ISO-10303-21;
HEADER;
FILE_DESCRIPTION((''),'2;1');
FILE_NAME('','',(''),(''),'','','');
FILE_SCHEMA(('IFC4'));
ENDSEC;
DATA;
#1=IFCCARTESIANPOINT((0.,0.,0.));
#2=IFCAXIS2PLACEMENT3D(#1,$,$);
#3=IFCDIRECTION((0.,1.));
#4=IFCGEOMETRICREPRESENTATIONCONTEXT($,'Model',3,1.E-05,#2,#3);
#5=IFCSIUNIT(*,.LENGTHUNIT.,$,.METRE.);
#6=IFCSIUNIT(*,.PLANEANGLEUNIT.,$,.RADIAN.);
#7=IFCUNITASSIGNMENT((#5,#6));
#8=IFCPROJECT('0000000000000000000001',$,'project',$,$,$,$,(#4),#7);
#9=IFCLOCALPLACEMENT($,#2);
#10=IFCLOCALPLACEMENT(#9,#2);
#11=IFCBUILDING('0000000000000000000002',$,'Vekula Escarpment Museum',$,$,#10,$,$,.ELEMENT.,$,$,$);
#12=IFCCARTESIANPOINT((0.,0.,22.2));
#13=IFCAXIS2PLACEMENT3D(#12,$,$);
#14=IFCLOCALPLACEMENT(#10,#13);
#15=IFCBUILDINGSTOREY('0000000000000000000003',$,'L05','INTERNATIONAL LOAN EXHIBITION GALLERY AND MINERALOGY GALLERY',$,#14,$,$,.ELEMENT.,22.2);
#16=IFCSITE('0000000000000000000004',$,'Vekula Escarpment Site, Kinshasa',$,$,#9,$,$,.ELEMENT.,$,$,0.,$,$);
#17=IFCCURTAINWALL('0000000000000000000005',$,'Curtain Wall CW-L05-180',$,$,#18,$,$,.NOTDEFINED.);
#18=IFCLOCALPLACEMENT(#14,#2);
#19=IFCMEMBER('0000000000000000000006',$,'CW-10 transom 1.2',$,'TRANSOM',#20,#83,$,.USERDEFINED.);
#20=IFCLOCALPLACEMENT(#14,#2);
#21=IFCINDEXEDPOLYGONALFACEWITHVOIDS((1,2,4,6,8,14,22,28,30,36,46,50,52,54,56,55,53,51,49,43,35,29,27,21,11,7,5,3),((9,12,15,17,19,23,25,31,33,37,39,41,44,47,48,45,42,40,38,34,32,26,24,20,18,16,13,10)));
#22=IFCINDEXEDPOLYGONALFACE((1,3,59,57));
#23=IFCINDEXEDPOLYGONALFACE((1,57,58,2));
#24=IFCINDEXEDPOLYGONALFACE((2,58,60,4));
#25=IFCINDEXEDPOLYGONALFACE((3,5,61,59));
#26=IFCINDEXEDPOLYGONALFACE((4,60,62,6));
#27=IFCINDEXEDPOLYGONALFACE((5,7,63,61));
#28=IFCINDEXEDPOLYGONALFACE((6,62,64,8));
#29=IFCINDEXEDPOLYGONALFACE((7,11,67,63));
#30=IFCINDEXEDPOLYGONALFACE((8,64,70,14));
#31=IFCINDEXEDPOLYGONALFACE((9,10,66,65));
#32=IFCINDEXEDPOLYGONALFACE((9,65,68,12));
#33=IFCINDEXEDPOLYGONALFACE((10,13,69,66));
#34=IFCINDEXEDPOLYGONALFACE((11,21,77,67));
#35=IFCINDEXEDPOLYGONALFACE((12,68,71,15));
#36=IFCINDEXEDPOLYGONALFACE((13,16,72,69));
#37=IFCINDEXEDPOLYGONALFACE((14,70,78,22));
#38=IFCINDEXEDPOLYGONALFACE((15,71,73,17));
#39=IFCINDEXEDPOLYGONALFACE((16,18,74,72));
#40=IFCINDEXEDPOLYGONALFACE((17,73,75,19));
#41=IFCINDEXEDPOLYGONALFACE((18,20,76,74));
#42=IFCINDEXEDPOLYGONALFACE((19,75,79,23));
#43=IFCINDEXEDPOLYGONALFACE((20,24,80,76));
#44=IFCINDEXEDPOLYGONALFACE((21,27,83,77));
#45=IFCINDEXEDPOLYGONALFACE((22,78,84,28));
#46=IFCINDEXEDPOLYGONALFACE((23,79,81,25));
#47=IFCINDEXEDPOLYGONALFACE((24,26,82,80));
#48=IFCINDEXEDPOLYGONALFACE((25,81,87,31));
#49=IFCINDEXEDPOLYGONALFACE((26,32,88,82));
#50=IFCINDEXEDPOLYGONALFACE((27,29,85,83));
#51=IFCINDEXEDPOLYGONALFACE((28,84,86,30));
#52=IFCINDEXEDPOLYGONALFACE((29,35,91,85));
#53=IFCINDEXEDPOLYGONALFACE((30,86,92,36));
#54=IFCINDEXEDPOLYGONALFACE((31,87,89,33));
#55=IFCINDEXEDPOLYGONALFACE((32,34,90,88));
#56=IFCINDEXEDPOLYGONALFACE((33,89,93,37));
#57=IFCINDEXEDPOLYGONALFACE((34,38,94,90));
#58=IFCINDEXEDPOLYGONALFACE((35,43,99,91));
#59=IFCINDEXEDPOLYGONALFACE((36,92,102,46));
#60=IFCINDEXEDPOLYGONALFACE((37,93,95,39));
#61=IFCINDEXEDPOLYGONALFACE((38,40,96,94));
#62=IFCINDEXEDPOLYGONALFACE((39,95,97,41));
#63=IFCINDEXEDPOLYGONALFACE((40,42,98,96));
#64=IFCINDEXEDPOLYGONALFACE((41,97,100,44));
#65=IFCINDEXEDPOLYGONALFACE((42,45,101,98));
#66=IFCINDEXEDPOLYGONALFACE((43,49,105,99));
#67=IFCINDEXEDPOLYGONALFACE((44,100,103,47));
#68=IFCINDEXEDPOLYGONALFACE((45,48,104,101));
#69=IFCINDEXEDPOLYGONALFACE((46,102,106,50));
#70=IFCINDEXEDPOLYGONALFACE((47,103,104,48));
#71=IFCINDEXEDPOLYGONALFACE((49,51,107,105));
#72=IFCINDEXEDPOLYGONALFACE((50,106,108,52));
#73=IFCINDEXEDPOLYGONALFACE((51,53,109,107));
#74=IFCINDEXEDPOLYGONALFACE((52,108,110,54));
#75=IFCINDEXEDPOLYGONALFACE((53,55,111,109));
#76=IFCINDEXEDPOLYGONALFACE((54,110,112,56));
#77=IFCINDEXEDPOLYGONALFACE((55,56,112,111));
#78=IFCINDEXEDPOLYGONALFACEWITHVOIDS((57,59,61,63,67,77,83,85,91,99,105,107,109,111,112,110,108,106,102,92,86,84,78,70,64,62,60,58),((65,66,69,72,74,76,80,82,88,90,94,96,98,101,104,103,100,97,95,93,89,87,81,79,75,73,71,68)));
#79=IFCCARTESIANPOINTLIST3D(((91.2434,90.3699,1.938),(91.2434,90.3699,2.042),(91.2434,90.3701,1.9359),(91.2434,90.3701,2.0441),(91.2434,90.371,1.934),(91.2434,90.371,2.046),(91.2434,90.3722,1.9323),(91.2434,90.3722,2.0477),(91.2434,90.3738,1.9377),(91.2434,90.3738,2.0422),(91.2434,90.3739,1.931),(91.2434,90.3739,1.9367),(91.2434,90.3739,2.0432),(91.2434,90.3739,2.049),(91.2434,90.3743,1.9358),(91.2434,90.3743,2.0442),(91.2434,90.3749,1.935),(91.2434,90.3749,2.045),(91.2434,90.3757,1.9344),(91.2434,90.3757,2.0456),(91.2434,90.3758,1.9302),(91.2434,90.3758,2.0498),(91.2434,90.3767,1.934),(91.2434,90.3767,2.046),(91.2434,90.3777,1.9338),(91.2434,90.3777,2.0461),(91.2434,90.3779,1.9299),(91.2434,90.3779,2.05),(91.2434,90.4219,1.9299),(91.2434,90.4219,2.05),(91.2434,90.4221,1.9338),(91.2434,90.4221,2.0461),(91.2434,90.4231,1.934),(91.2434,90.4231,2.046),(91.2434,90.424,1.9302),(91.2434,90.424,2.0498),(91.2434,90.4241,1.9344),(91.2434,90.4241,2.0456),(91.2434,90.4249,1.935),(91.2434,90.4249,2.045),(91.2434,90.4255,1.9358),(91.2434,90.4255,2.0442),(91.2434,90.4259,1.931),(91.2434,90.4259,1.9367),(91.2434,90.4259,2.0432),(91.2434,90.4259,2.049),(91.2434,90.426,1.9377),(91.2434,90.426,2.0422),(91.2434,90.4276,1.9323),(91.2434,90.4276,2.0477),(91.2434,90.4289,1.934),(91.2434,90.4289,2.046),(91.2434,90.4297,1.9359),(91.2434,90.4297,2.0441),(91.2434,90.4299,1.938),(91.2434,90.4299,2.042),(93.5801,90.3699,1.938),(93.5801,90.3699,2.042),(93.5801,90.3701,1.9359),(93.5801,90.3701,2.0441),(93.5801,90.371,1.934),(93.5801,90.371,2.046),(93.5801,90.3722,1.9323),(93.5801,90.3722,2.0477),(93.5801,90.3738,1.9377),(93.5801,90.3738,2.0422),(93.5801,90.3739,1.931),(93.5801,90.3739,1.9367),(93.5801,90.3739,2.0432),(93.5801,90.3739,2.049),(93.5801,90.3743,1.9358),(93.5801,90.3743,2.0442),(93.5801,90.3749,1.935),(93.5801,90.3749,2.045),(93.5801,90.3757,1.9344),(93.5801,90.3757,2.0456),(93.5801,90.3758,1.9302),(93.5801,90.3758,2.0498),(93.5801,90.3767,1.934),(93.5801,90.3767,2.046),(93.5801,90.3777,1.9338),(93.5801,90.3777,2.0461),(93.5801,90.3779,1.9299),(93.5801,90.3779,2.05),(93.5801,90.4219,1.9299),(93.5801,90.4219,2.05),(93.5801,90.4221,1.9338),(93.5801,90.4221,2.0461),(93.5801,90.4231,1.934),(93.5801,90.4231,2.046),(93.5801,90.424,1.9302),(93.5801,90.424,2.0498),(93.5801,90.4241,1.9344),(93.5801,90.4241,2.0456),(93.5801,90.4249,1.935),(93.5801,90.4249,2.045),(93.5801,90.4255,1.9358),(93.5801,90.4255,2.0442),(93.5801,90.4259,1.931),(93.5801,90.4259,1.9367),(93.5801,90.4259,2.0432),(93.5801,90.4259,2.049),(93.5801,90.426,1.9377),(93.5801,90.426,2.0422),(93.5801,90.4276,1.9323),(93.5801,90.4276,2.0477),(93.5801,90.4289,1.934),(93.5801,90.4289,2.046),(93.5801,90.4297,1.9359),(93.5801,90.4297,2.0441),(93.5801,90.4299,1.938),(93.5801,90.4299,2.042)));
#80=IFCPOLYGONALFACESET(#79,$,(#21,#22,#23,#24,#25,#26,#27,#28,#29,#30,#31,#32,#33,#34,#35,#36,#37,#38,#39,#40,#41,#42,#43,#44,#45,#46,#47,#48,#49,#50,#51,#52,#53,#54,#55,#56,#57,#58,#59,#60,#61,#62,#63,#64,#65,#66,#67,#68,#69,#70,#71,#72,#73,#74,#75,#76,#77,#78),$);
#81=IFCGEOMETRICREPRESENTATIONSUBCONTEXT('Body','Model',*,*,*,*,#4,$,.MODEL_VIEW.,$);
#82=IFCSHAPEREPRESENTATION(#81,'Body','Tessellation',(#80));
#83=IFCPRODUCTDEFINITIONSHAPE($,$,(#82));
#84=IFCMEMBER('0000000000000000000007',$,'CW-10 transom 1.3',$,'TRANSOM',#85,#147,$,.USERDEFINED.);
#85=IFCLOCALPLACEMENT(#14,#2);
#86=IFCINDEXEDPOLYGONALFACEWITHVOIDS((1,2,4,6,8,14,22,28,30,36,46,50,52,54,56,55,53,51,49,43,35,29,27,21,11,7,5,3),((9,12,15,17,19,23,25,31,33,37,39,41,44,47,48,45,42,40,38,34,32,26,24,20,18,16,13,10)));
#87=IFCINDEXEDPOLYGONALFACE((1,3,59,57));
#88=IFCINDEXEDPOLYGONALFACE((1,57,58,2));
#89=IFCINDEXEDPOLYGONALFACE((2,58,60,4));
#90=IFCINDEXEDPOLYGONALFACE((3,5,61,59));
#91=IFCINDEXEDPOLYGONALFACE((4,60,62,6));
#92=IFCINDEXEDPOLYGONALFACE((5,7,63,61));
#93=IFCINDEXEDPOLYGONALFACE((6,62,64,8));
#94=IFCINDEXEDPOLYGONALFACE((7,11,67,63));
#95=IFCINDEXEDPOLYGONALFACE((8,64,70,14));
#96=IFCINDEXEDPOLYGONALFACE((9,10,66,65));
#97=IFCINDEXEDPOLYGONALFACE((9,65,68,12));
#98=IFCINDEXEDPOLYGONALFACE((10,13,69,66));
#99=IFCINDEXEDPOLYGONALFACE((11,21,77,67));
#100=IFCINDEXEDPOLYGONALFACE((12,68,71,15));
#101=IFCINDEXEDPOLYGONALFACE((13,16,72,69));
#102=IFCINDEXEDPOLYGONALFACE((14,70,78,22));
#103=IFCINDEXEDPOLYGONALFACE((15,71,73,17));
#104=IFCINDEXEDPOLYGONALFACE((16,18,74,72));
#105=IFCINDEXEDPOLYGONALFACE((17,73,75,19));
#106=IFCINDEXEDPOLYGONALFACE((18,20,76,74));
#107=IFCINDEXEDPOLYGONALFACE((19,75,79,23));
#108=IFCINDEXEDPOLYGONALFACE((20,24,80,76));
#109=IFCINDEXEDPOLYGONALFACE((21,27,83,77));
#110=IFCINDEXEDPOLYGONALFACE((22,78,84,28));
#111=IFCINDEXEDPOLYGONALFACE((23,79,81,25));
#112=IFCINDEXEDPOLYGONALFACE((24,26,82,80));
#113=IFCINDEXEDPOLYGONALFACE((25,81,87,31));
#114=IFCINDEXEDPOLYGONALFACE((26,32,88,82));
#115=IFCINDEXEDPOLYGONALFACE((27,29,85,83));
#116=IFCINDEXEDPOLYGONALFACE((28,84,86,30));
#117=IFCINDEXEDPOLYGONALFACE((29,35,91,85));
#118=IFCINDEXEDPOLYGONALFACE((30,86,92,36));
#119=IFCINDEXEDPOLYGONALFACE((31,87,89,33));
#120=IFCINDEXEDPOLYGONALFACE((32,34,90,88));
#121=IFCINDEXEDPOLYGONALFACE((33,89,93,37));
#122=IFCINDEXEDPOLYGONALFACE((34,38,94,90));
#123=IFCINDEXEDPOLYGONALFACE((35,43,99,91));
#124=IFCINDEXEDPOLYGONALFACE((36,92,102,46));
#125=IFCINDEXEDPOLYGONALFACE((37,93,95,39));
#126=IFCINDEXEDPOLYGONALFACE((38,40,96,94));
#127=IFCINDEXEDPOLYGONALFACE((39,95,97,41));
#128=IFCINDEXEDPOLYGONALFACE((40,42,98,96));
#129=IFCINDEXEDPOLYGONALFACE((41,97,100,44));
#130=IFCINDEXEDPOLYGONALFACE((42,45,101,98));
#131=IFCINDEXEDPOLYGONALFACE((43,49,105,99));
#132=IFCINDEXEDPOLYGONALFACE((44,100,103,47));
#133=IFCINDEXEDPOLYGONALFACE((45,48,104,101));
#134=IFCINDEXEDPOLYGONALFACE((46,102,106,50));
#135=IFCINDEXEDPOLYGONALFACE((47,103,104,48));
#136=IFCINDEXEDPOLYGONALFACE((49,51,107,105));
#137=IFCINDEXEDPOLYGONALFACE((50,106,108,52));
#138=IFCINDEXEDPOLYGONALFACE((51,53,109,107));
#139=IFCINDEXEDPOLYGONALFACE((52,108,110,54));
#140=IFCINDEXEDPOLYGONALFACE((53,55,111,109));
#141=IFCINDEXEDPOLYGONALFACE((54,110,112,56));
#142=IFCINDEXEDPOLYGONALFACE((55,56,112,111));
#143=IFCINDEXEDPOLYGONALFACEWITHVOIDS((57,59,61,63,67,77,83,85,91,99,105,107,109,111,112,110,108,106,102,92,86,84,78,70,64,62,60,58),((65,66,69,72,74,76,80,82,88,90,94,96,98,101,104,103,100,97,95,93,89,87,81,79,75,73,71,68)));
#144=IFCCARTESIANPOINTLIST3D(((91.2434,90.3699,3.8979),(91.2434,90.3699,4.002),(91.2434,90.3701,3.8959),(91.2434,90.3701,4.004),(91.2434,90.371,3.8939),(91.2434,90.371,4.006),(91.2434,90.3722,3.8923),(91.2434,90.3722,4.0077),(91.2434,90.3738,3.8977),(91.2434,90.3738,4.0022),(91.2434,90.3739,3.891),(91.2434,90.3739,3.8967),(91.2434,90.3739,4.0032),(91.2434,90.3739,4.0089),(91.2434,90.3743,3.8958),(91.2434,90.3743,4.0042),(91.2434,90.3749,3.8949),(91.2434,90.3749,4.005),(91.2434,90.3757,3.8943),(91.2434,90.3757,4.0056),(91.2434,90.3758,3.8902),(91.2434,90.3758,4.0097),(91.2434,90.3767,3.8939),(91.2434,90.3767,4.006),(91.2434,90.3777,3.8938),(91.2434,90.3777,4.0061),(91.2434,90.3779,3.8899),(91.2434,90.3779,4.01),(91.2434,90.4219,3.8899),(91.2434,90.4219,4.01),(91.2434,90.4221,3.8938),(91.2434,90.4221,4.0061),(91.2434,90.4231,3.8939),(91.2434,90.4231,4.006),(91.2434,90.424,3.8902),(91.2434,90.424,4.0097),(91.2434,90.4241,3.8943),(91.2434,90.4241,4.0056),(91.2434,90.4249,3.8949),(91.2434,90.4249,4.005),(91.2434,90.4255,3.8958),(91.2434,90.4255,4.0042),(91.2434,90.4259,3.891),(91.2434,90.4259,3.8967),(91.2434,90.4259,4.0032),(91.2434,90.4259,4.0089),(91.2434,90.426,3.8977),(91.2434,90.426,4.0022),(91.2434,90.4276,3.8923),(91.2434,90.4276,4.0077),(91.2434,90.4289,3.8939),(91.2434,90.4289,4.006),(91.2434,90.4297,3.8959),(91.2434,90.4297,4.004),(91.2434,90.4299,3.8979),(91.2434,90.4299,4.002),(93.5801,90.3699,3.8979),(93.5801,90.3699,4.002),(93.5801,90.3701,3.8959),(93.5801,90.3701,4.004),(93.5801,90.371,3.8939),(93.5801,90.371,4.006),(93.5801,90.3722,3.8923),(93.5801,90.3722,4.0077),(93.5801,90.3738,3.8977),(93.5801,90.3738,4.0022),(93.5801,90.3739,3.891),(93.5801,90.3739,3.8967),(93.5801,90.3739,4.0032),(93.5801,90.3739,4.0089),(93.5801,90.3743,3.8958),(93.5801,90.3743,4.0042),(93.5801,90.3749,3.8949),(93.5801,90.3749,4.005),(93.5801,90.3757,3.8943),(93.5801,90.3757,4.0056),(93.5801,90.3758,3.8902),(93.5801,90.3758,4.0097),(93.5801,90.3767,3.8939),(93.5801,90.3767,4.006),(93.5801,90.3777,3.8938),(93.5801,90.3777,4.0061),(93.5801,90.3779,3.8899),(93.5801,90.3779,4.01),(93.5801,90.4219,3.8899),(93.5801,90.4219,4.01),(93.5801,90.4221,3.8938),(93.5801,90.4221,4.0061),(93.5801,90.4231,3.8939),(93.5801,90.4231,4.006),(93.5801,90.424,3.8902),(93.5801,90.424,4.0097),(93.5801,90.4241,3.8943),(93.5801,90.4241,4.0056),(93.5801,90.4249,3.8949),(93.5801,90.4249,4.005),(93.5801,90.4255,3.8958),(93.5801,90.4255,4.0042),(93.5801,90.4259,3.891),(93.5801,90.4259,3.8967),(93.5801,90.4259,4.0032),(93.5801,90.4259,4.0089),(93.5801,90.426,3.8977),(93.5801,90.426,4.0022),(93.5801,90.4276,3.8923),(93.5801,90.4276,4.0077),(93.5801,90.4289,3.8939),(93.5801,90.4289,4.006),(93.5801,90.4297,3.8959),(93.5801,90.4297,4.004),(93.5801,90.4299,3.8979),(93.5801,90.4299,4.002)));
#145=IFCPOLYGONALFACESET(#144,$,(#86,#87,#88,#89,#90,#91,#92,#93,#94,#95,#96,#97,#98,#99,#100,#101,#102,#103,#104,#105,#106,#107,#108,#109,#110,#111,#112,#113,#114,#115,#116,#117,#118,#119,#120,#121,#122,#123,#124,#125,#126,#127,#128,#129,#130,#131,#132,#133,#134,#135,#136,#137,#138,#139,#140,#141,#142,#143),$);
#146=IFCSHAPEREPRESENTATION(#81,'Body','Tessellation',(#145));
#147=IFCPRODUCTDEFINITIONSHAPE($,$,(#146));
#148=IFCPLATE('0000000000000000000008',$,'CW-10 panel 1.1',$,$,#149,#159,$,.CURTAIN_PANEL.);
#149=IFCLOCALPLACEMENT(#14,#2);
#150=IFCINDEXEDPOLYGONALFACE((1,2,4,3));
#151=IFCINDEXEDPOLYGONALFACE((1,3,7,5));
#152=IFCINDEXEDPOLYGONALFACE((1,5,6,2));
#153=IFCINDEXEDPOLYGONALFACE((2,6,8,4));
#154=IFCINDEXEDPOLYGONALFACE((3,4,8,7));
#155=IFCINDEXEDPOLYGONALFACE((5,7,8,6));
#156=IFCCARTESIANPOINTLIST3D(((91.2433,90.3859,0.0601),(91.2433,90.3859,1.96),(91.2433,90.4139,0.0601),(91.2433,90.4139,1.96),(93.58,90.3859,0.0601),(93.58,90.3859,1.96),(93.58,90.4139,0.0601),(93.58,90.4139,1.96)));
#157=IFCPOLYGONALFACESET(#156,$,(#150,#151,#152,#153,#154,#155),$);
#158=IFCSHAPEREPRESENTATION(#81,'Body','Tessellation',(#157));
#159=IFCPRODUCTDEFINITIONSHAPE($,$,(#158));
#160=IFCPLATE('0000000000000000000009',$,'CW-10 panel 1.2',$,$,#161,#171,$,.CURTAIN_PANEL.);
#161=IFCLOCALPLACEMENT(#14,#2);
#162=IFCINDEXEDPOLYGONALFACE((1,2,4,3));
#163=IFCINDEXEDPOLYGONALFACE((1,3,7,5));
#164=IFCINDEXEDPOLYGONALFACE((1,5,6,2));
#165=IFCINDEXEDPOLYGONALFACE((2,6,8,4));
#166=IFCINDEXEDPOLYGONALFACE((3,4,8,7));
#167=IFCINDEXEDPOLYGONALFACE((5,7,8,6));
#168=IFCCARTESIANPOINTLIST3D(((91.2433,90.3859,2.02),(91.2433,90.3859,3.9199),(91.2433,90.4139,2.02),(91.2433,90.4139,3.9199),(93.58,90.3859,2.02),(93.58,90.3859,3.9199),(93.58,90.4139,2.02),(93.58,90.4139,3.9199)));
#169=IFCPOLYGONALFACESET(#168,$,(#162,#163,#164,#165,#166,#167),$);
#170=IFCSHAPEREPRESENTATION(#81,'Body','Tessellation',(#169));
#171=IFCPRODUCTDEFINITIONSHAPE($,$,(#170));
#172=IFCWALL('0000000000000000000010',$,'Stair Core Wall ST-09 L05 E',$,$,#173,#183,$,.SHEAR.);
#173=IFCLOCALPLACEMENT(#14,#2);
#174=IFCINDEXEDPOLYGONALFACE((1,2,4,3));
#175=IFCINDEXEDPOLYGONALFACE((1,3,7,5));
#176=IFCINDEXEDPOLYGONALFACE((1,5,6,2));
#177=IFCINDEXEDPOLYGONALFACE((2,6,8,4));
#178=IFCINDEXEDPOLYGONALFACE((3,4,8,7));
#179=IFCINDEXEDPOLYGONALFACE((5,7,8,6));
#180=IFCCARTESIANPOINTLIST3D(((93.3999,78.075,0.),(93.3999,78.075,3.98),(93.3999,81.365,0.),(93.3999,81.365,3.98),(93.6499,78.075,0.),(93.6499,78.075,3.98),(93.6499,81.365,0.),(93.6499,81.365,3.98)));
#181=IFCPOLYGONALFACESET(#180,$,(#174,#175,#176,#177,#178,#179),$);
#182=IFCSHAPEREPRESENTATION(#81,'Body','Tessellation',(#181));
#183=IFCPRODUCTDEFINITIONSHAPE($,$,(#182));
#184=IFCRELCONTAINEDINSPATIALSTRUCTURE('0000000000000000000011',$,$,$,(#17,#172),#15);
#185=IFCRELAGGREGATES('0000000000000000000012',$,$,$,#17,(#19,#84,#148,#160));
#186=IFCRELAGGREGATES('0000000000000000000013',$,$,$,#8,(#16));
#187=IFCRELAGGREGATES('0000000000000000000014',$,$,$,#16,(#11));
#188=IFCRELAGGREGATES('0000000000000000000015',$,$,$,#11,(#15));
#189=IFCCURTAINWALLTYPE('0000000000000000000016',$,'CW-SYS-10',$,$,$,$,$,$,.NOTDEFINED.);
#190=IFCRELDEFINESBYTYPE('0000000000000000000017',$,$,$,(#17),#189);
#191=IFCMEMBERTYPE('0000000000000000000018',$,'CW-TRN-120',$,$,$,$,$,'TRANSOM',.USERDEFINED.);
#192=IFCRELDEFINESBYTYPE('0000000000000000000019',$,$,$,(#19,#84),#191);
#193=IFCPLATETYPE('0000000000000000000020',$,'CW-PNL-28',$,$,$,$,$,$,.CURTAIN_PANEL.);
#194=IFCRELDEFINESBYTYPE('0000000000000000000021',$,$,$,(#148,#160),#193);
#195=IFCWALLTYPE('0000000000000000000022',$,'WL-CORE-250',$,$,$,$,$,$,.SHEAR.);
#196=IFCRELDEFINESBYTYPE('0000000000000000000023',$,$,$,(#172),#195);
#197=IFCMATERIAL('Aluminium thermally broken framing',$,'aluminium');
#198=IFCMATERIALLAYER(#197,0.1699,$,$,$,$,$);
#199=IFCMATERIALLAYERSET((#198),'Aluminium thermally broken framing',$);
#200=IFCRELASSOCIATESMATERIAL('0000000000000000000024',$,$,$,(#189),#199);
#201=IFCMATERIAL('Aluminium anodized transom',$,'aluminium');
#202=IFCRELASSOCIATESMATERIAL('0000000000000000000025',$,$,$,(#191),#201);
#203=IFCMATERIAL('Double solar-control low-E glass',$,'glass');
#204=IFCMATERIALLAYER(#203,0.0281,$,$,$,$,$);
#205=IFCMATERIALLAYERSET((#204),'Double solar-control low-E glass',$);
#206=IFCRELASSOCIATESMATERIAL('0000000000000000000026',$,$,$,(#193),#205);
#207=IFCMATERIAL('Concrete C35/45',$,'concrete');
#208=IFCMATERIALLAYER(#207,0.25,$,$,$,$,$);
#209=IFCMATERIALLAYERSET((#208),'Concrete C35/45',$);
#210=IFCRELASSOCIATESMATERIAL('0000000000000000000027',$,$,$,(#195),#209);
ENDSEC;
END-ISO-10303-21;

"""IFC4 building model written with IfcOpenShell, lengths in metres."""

from ifc_helpers import new_model, si_unit, direction, frame, frame_2d, origin, origin_2d, place, context, subcontext, project, spatial, rectangle, hollow_rectangle, extrude, material, layer, layer_set, material_profile, profile_set, type_object, element, aggregate, save


model = new_model("IFC4")

# Units and contexts
model_context = context("Model", 3, precision=1e-05, world=origin(), true_north=direction((0.0, 1.0)))
body_context = subcontext(model_context, "Body", "Model", "MODEL_VIEW")
ifc_project = project(units=[si_unit("LENGTHUNIT", "METRE"), si_unit("PLANEANGLEUNIT", "RADIAN")], contexts=[model_context])

# Site, building, storey
site_placement = place(None, origin())
site = spatial("IfcSite", under=ifc_project, at=site_placement, Name="Vekula Escarpment Site, Kinshasa", CompositionType="ELEMENT", RefElevation=0.0)
building_placement = place(site_placement, origin())
building = spatial("IfcBuilding", under=site, at=building_placement, Name="Vekula Escarpment Museum", CompositionType="ELEMENT")
storey_placement = place(building_placement, frame((0.0, 0.0, 22.2)))
storey = spatial("IfcBuildingStorey", under=building, at=storey_placement, Name="L05", Description="INTERNATIONAL LOAN EXHIBITION GALLERY AND MINERALOGY GALLERY", CompositionType="ELEMENT", Elevation=22.2)

# Curtain wall, members, plates
ifc_material_1 = material(Name="Aluminium thermally broken framing", Category="aluminium")
ifc_layer_1 = layer(ifc_material_1, 0.1699)
ifc_layer_set_1 = layer_set([ifc_layer_1], Name="Aluminium thermally broken framing")
curtain_wall_type = type_object("IfcCurtainWallType", Name="CW-SYS-10", PredefinedType="NOTDEFINED", material=ifc_layer_set_1)
curtain_wall_placement = place(storey_placement, origin())
curtain_wall = element("IfcCurtainWall", 1, at=curtain_wall_placement, inside=storey, type_object=curtain_wall_type, Name="Curtain Wall CW-L05-180", PredefinedType="NOTDEFINED")
ifc_material_2 = material(Name="Aluminium anodized transom", Category="aluminium")
ifc_material_profile_1 = material_profile(ifc_material_2, hollow_rectangle(XDim=0.0601, YDim=0.1201, WallThickness=0.0039, InnerFilletRadius=0.0039, OuterFilletRadius=0.0081, at=origin_2d()), Name="ALU 120x60x4")
ifc_profile_set_1 = profile_set([ifc_material_profile_1], Name="Aluminium anodized transom")
member_type_1 = type_object("IfcMemberType", Name="CW-TRN-120", ElementType="TRANSOM", PredefinedType="USERDEFINED", material=ifc_profile_set_1)
member_1_placement = place(storey_placement, frame((93.5801, 90.3999, 1.99), z_axis=(-1.0, 0.0, 0.0), x_axis=(0.0, -1.0, 0.0)))
member_1 = element("IfcMember", 2, at=member_1_placement, type_object=member_type_1, Name="CW-10 transom 1.2", ObjectType="TRANSOM", PredefinedType="USERDEFINED", context=body_context, shape_type="SweptSolid", body=[
    extrude(hollow_rectangle(XDim=0.0601, YDim=0.1201, WallThickness=0.0039, InnerFilletRadius=0.0039, OuterFilletRadius=0.0081, at=origin_2d()), origin(), (0.0, 0.0, 1.0), 2.3367),
])
member_2_placement = place(storey_placement, frame((93.5801, 90.3999, 3.95), z_axis=(-1.0, 0.0, 0.0), x_axis=(0.0, -1.0, 0.0)))
member_2 = element("IfcMember", 3, at=member_2_placement, type_object=member_type_1, Name="CW-10 transom 1.3", ObjectType="TRANSOM", PredefinedType="USERDEFINED", context=body_context, shape_type="SweptSolid", body=[
    extrude(hollow_rectangle(XDim=0.0601, YDim=0.1201, WallThickness=0.0039, InnerFilletRadius=0.0039, OuterFilletRadius=0.0081, at=origin_2d()), origin(), (0.0, 0.0, 1.0), 2.3367),
])
ifc_material_3 = material(Name="Double solar-control low-E glass", Category="glass")
ifc_layer_2 = layer(ifc_material_3, 0.0281)
ifc_layer_set_2 = layer_set([ifc_layer_2], Name="Double solar-control low-E glass")
plate_type = type_object("IfcPlateType", Name="CW-PNL-28", PredefinedType="CURTAIN_PANEL", material=ifc_layer_set_2)
plate_1_placement = place(storey_placement, frame((92.4116, 90.3999, 0.0601), z_axis=(0.0, 0.0, 1.0), x_axis=(-1.0, 0.0, 0.0)))
plate_1 = element("IfcPlate", 4, at=plate_1_placement, type_object=plate_type, Name="CW-10 panel 1.1", PredefinedType="CURTAIN_PANEL", context=body_context, shape_type="SweptSolid", body=[
    extrude(rectangle(XDim=2.3367, YDim=0.0281, at=origin_2d()), origin(), (0.0, 0.0, 1.0), 1.8999),
])
plate_2_placement = place(storey_placement, frame((92.4116, 90.3999, 2.02), z_axis=(0.0, 0.0, 1.0), x_axis=(-1.0, 0.0, 0.0)))
plate_2 = element("IfcPlate", 5, at=plate_2_placement, type_object=plate_type, Name="CW-10 panel 1.2", PredefinedType="CURTAIN_PANEL", context=body_context, shape_type="SweptSolid", body=[
    extrude(rectangle(XDim=2.3367, YDim=0.0281, at=origin_2d()), origin(), (0.0, 0.0, 1.0), 1.8999),
])
aggregate(curtain_wall, [member_1, member_2, plate_1, plate_2])

# Wall
ifc_material_4 = material(Name="Concrete C35/45", Category="concrete")
ifc_layer_3 = layer(ifc_material_4, 0.25)
ifc_layer_set_3 = layer_set([ifc_layer_3], Name="Concrete C35/45")
wall_type_1 = type_object("IfcWallType", Name="WL-CORE-250", PredefinedType="SHEAR", material=ifc_layer_set_3)
wall_1_placement = place(storey_placement, frame((93.5249, 78.075, 0.0), z_axis=(0.0, 0.0, 1.0), x_axis=(0.0, 1.0, 0.0)))
element("IfcWall", 6, at=wall_1_placement, inside=storey, type_object=wall_type_1, Name="Stair Core Wall ST-09 L05 E", PredefinedType="SHEAR", context=body_context, shape_type="SweptSolid", body=[
    extrude(rectangle(XDim=3.29, YDim=0.25, at=frame_2d((1.645, 0.0))), origin(), (0.0, 0.0, 1.0), 3.98),
])

save(model, "model.ifc")
